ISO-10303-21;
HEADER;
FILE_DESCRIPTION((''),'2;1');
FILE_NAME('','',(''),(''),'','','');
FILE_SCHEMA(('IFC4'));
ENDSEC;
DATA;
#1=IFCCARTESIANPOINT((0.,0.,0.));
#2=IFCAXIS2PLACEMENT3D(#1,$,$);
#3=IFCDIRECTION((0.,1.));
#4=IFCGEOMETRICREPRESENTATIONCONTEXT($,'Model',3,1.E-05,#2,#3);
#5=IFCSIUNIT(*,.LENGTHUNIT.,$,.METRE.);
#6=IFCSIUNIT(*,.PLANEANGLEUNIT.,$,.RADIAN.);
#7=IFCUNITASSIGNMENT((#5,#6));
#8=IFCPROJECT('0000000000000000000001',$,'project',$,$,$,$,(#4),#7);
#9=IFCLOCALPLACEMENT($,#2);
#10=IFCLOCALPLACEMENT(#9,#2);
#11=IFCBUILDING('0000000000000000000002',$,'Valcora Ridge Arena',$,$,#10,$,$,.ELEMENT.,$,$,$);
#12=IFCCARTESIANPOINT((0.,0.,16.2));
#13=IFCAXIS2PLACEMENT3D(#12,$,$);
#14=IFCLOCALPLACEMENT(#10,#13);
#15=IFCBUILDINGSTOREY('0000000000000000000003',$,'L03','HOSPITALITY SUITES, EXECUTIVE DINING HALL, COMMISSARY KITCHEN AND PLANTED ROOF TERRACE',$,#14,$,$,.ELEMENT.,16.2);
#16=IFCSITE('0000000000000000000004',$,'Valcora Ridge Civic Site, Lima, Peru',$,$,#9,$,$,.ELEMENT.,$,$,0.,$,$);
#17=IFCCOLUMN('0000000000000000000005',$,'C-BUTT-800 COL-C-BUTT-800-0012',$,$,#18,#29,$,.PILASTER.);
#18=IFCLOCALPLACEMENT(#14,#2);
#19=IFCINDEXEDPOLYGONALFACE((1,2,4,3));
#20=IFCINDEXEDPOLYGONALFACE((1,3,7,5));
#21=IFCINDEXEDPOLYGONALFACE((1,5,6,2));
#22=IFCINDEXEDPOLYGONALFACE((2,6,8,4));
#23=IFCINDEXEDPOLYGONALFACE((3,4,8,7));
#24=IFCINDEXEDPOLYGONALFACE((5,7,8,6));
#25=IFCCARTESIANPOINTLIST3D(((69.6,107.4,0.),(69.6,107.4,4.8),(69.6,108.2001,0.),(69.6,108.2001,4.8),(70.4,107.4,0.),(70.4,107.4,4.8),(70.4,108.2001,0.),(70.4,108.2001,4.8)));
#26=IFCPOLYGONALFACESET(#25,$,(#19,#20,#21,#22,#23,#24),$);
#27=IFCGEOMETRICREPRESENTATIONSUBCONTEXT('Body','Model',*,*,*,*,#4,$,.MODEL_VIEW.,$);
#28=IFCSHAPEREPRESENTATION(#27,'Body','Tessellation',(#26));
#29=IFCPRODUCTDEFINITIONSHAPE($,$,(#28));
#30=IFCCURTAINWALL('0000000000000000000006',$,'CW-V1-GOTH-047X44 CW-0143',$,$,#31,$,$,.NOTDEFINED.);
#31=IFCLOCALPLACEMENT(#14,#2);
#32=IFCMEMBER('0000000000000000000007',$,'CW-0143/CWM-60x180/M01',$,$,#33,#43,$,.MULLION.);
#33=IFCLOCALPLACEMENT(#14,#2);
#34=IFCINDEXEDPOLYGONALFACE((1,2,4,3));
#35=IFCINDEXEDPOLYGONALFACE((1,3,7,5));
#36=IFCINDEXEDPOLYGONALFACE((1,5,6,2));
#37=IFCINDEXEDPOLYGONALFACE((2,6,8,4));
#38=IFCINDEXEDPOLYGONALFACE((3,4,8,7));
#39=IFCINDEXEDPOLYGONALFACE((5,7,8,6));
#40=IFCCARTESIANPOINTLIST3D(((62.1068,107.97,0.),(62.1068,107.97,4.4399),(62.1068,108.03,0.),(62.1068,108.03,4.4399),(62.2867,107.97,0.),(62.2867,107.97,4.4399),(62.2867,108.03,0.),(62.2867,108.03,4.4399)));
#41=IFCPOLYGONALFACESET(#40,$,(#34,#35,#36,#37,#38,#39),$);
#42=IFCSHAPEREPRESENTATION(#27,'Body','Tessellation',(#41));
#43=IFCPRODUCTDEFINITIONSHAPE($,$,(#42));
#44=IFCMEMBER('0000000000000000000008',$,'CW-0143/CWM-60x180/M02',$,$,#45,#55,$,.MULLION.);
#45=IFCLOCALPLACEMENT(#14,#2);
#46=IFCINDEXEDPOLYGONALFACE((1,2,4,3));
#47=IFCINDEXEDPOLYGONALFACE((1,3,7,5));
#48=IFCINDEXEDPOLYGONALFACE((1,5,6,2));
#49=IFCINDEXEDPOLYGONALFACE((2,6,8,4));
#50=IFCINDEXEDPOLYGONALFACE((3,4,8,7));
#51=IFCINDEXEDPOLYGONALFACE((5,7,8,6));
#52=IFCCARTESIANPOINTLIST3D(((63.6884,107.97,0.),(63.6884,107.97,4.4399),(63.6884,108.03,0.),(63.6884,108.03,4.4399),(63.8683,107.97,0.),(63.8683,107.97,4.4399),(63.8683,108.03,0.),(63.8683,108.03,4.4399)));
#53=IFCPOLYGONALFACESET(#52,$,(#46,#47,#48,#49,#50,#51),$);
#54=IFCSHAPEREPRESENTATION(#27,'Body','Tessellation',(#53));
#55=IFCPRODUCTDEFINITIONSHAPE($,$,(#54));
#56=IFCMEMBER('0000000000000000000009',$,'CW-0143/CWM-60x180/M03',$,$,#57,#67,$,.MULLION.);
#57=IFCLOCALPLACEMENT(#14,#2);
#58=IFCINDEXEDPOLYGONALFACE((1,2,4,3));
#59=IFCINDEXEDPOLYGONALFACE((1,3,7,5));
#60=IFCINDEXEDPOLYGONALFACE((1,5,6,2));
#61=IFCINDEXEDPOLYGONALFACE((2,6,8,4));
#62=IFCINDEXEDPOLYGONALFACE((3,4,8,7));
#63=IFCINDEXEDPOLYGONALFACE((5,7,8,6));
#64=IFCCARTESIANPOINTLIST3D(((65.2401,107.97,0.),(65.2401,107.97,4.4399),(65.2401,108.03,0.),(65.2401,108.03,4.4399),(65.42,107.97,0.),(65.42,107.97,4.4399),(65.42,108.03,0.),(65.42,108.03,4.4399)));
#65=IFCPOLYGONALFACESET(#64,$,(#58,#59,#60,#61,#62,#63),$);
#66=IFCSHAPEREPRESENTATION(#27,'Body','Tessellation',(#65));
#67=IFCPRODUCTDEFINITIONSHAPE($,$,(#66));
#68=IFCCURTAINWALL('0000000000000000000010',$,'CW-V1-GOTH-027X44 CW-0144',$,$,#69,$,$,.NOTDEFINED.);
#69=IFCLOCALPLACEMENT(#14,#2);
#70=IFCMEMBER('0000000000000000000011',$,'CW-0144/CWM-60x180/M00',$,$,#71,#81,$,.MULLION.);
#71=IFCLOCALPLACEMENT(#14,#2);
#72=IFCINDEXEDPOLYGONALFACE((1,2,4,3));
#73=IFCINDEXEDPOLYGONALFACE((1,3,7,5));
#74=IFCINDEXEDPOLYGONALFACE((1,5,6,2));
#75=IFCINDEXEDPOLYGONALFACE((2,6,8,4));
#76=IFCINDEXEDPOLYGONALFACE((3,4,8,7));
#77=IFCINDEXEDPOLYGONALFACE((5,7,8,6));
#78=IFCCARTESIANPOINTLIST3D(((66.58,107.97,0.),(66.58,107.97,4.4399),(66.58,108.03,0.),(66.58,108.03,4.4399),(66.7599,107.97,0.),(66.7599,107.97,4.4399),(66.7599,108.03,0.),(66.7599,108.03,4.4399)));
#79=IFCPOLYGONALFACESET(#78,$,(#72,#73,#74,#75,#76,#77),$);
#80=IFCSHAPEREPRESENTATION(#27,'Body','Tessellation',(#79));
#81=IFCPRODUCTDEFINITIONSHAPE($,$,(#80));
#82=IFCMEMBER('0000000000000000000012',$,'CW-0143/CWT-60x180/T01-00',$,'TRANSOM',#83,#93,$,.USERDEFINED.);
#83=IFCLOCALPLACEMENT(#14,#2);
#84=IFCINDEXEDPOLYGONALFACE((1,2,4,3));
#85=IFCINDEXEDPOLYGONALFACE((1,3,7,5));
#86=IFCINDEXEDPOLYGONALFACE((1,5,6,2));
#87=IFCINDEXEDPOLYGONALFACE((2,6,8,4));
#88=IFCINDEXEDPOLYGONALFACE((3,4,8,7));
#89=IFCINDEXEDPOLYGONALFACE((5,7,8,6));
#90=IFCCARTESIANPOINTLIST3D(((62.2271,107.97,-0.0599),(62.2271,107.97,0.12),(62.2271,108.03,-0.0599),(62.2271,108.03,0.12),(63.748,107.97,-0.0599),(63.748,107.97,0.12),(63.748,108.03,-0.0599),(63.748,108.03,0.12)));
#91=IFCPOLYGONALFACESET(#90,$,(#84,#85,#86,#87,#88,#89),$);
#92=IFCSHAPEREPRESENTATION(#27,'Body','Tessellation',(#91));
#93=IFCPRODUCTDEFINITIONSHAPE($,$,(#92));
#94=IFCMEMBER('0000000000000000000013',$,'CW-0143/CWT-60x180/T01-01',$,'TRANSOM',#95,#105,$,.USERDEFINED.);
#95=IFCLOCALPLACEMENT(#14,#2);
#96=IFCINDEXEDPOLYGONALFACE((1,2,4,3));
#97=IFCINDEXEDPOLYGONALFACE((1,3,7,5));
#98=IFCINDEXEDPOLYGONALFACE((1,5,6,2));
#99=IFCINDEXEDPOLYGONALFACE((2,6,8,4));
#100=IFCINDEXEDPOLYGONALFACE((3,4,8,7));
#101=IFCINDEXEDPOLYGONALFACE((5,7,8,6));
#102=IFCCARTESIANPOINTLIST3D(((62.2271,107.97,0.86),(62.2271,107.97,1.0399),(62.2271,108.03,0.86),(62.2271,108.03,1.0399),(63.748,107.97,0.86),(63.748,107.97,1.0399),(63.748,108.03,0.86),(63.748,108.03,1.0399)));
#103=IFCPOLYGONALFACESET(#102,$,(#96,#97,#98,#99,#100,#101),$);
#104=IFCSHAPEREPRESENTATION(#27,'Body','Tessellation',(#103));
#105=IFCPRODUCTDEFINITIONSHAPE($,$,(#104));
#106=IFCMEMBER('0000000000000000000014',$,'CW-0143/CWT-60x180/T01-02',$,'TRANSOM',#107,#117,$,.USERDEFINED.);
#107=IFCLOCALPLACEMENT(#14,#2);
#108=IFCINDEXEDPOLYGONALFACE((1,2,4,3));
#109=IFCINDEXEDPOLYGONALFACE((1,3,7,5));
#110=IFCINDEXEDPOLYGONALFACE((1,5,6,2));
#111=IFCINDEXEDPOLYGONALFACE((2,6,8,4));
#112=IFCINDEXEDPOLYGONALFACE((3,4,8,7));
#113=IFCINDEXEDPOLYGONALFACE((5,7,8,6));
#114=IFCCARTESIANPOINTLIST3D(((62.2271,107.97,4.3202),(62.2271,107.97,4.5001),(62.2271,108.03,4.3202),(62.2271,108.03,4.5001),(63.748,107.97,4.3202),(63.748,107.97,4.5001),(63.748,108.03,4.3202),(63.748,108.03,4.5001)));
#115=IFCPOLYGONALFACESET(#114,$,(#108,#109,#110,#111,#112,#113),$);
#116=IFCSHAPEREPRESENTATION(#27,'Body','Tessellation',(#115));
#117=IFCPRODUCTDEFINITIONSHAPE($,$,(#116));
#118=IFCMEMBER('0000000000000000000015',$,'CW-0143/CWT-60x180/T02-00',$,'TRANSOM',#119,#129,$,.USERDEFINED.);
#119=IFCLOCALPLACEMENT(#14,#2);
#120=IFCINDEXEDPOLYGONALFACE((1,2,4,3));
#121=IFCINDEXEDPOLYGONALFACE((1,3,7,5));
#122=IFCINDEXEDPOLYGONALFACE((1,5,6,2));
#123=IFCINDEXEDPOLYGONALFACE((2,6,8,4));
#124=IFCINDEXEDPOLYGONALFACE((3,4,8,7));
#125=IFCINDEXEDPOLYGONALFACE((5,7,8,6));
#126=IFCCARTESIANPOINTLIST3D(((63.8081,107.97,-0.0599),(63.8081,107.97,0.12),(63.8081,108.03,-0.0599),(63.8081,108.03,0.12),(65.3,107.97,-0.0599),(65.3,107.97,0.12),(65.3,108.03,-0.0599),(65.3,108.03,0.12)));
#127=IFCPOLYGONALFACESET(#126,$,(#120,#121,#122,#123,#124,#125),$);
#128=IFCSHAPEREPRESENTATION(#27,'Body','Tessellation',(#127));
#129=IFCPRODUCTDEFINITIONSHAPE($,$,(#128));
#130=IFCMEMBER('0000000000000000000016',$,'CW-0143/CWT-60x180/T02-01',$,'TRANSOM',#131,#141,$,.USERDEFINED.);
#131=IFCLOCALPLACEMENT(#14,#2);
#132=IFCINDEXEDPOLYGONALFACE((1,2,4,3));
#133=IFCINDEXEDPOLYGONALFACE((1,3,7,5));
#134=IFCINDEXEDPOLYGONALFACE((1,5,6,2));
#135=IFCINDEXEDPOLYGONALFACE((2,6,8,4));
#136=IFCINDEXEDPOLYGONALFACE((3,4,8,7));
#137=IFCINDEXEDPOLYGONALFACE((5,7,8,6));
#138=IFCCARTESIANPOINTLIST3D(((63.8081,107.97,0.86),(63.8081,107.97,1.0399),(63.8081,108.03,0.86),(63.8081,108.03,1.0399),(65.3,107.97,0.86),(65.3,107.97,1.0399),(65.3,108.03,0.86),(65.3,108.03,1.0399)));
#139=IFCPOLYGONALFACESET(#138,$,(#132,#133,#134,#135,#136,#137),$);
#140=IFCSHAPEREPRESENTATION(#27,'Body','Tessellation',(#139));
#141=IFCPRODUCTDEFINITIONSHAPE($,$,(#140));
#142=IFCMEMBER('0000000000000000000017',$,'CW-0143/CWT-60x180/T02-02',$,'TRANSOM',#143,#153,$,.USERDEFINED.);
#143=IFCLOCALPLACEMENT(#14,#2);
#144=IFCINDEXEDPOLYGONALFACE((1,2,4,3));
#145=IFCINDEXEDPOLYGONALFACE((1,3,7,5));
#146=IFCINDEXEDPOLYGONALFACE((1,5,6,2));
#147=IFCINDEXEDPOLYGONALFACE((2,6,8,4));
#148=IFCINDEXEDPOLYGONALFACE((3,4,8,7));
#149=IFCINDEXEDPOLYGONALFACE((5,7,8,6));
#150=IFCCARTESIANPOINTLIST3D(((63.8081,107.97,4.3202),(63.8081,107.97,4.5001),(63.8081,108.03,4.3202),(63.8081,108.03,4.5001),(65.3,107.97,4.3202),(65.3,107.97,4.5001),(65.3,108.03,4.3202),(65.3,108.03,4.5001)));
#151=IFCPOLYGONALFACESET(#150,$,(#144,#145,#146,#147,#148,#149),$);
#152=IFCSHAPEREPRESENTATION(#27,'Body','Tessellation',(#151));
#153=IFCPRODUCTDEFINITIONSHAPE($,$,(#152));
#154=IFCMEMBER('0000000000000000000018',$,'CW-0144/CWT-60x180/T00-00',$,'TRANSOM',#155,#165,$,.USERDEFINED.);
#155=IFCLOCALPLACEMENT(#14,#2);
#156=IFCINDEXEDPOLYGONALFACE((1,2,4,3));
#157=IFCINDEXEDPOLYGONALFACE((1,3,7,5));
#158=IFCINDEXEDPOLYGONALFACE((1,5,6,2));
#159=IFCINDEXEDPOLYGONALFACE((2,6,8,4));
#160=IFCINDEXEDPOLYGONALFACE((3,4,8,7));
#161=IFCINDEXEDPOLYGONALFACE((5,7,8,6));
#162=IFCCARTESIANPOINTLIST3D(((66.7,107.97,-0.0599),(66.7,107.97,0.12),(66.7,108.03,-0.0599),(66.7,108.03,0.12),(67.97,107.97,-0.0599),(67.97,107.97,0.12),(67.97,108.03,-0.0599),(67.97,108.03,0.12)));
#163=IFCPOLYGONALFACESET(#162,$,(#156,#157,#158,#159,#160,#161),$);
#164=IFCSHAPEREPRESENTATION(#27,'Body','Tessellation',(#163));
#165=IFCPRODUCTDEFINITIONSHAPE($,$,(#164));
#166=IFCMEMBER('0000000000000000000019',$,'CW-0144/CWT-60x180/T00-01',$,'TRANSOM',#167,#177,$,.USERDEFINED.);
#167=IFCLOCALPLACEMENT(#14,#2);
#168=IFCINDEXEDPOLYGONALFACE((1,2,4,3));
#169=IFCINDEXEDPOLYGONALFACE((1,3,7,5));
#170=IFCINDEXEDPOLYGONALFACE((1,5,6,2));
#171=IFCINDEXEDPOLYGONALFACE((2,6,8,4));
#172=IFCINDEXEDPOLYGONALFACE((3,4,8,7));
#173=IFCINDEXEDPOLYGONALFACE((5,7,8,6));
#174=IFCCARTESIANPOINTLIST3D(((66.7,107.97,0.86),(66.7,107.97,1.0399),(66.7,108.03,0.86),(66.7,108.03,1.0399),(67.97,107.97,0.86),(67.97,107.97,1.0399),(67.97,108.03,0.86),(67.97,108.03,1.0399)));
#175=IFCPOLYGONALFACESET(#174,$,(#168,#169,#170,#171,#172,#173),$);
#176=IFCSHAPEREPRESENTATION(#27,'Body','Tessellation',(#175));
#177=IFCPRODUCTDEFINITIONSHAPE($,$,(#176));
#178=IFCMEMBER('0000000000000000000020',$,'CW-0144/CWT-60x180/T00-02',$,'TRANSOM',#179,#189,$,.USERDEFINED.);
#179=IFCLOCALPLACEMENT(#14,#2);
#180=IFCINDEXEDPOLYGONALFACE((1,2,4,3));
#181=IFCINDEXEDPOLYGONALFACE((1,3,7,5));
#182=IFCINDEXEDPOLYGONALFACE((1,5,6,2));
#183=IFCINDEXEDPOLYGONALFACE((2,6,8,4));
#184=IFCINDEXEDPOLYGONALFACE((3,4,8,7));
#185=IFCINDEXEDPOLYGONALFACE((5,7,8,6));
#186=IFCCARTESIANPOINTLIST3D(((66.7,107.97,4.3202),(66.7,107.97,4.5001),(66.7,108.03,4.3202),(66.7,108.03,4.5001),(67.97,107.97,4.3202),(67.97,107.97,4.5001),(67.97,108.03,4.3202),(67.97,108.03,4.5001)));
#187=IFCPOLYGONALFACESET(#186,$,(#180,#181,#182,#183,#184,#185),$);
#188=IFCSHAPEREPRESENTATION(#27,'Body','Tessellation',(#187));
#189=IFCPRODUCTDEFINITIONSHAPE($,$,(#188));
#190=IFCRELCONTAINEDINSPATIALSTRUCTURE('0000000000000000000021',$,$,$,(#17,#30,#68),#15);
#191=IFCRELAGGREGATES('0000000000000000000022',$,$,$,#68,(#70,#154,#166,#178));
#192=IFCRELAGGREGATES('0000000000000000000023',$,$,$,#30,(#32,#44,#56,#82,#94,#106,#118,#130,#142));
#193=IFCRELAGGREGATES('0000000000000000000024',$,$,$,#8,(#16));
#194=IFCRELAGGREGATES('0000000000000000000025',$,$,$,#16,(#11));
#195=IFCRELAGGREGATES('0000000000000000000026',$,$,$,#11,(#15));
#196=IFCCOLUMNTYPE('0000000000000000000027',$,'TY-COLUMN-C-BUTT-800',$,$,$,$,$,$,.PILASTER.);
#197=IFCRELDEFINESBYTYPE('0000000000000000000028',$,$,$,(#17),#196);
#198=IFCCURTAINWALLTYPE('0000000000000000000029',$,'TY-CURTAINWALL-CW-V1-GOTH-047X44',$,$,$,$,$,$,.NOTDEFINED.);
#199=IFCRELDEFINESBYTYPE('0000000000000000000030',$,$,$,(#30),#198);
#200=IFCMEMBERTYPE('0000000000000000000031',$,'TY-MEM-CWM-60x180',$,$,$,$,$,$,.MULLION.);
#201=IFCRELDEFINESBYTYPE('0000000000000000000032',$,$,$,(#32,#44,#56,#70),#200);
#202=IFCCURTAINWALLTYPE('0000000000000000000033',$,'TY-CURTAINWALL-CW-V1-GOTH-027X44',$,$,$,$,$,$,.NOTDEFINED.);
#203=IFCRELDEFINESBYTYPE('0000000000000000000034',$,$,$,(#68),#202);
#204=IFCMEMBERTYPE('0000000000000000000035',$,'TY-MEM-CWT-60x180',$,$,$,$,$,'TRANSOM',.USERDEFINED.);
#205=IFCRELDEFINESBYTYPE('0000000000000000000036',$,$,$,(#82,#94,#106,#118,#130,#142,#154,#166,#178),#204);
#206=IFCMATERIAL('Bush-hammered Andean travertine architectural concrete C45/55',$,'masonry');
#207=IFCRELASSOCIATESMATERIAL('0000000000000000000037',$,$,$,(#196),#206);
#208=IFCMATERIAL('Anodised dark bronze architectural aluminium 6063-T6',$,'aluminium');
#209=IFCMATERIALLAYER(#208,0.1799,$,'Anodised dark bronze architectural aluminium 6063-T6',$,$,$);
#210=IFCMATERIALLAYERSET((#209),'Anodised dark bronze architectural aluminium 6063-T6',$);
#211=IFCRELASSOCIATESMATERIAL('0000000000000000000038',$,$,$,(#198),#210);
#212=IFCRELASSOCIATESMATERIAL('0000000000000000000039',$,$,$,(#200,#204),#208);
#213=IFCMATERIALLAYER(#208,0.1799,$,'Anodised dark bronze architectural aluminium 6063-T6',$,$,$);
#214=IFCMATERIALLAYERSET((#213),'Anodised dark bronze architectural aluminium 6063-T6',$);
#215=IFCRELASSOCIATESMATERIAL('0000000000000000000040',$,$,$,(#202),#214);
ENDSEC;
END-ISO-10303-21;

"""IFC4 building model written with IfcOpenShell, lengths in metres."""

from ifc_helpers import new_model, si_unit, direction, frame, origin, origin_2d, place, context, subcontext, project, spatial, rectangle, extrude, material, layer, layer_set, material_profile, profile_set, type_object, element, aggregate, save


model = new_model("IFC4")

# Units and contexts
model_context = context("Model", 3, precision=1e-05, world=origin(), true_north=direction((0.0, 1.0)))
body_context = subcontext(model_context, "Body", "Model", "MODEL_VIEW")
ifc_project = project(units=[si_unit("LENGTHUNIT", "METRE"), si_unit("PLANEANGLEUNIT", "RADIAN")], contexts=[model_context])

# Site, building, storey
site_placement = place(None, origin())
site = spatial("IfcSite", under=ifc_project, at=site_placement, Name="Valcora Ridge Civic Site, Lima, Peru", CompositionType="ELEMENT", RefElevation=0.0)
building_placement = place(site_placement, origin())
building = spatial("IfcBuilding", under=site, at=building_placement, Name="Valcora Ridge Arena", CompositionType="ELEMENT")
storey_placement = place(building_placement, frame((0.0, 0.0, 16.2)))
storey = spatial("IfcBuildingStorey", under=building, at=storey_placement, Name="L03", Description="HOSPITALITY SUITES, EXECUTIVE DINING HALL, COMMISSARY KITCHEN AND PLANTED ROOF TERRACE", CompositionType="ELEMENT", Elevation=16.2)

# Column
ifc_material_1 = material(Name="Bush-hammered Andean travertine architectural concrete C45/55", Category="masonry")
ifc_material_profile_1 = material_profile(ifc_material_1, rectangle(XDim=0.8, YDim=0.8, at=origin_2d()), Name="RC 800x800")
ifc_profile_set_1 = profile_set([ifc_material_profile_1], Name="Bush-hammered Andean travertine architectural concrete C45/55")
column_type = type_object("IfcColumnType", Name="TY-COLUMN-C-BUTT-800", PredefinedType="PILASTER", material=ifc_profile_set_1)
column_placement = place(storey_placement, frame((70.0, 107.8, 0.0), z_axis=(0.0, 0.0, 1.0), x_axis=(1.0, 0.0, 0.0)))
element("IfcColumn", 1, at=column_placement, inside=storey, type_object=column_type, Name="C-BUTT-800 COL-C-BUTT-800-0012", PredefinedType="PILASTER", context=body_context, shape_type="SweptSolid", body=[
    extrude(rectangle(XDim=0.8, YDim=0.8, at=origin_2d()), origin(), (0.0, 0.0, 1.0), 4.8),
])

# Curtain wall, members
ifc_material_2 = material(Name="Anodised dark bronze architectural aluminium 6063-T6", Category="aluminium")
ifc_layer_1 = layer(ifc_material_2, 0.1799, Name="Anodised dark bronze architectural aluminium 6063-T6")
ifc_layer_set_1 = layer_set([ifc_layer_1], Name="Anodised dark bronze architectural aluminium 6063-T6")
curtain_wall_type_1 = type_object("IfcCurtainWallType", Name="TY-CURTAINWALL-CW-V1-GOTH-047X44", PredefinedType="NOTDEFINED", material=ifc_layer_set_1)
curtain_wall_1_placement = place(storey_placement, origin())
curtain_wall_1 = element("IfcCurtainWall", 2, at=curtain_wall_1_placement, inside=storey, type_object=curtain_wall_type_1, Name="CW-V1-GOTH-047X44 CW-0143", PredefinedType="NOTDEFINED")
ifc_material_profile_2 = material_profile(ifc_material_2, rectangle(XDim=0.0601, YDim=0.1799, at=origin_2d()), Name="ALU MULLION 60x180")
ifc_profile_set_2 = profile_set([ifc_material_profile_2], Name="Anodised dark bronze architectural aluminium 6063-T6")
member_type_1 = type_object("IfcMemberType", Name="TY-MEM-CWM-60x180", PredefinedType="MULLION", material=ifc_profile_set_2)
member_1_placement = place(storey_placement, frame((62.1968, 108.0, 0.0), z_axis=(0.0, 0.0, 1.0), x_axis=(0.0, 1.0, 0.0)))
member_1 = element("IfcMember", 3, at=member_1_placement, type_object=member_type_1, Name="CW-0143/CWM-60x180/M01", PredefinedType="MULLION", context=body_context, shape_type="SweptSolid", body=[
    extrude(rectangle(XDim=0.0601, YDim=0.1799, at=origin_2d()), origin(), (0.0, 0.0, 1.0), 4.4399),
])
member_2_placement = place(storey_placement, frame((63.7783, 108.0, 0.0), z_axis=(0.0, 0.0, 1.0), x_axis=(0.0, 1.0, 0.0)))
member_2 = element("IfcMember", 4, at=member_2_placement, type_object=member_type_1, Name="CW-0143/CWM-60x180/M02", PredefinedType="MULLION", context=body_context, shape_type="SweptSolid", body=[
    extrude(rectangle(XDim=0.0601, YDim=0.1799, at=origin_2d()), origin(), (0.0, 0.0, 1.0), 4.4399),
])
member_3_placement = place(storey_placement, frame((65.3301, 108.0, 0.0), z_axis=(0.0, 0.0, 1.0), x_axis=(0.0, 1.0, 0.0)))
member_3 = element("IfcMember", 5, at=member_3_placement, type_object=member_type_1, Name="CW-0143/CWM-60x180/M03", PredefinedType="MULLION", context=body_context, shape_type="SweptSolid", body=[
    extrude(rectangle(XDim=0.0601, YDim=0.1799, at=origin_2d()), origin(), (0.0, 0.0, 1.0), 4.4399),
])

# Curtain wall, member
ifc_layer_2 = layer(ifc_material_2, 0.1799, Name="Anodised dark bronze architectural aluminium 6063-T6")
ifc_layer_set_2 = layer_set([ifc_layer_2], Name="Anodised dark bronze architectural aluminium 6063-T6")
curtain_wall_type_2 = type_object("IfcCurtainWallType", Name="TY-CURTAINWALL-CW-V1-GOTH-027X44", PredefinedType="NOTDEFINED", material=ifc_layer_set_2)
curtain_wall_2_placement = place(storey_placement, origin())
curtain_wall_2 = element("IfcCurtainWall", 6, at=curtain_wall_2_placement, inside=storey, type_object=curtain_wall_type_2, Name="CW-V1-GOTH-027X44 CW-0144", PredefinedType="NOTDEFINED")
member_4_placement = place(storey_placement, frame((66.6699, 108.0, 0.0), z_axis=(0.0, 0.0, 1.0), x_axis=(0.0, 1.0, 0.0)))
member_4 = element("IfcMember", 7, at=member_4_placement, type_object=member_type_1, Name="CW-0144/CWM-60x180/M00", PredefinedType="MULLION", context=body_context, shape_type="SweptSolid", body=[
    extrude(rectangle(XDim=0.0601, YDim=0.1799, at=origin_2d()), origin(), (0.0, 0.0, 1.0), 4.4399),
])

# Members
ifc_material_profile_3 = material_profile(ifc_material_2, rectangle(XDim=0.0601, YDim=0.1799, at=origin_2d()), Name="ALU TRANSOM 60x180")
ifc_profile_set_3 = profile_set([ifc_material_profile_3], Name="Anodised dark bronze architectural aluminium 6063-T6")
member_type_2 = type_object("IfcMemberType", Name="TY-MEM-CWT-60x180", ElementType="TRANSOM", PredefinedType="USERDEFINED", material=ifc_profile_set_3)
member_5_placement = place(storey_placement, frame((62.2271, 108.0, 0.03), z_axis=(1.0, 0.0, 0.0), x_axis=(0.0, 1.0, 0.0)))
member_5 = element("IfcMember", 8, at=member_5_placement, type_object=member_type_2, Name="CW-0143/CWT-60x180/T01-00", ObjectType="TRANSOM", PredefinedType="USERDEFINED", context=body_context, shape_type="SweptSolid", body=[
    extrude(rectangle(XDim=0.0601, YDim=0.1799, at=origin_2d()), origin(), (0.0, 0.0, 1.0), 1.521),
])
member_6_placement = place(storey_placement, frame((62.2271, 108.0, 0.95), z_axis=(1.0, 0.0, 0.0), x_axis=(0.0, 1.0, 0.0)))
member_6 = element("IfcMember", 9, at=member_6_placement, type_object=member_type_2, Name="CW-0143/CWT-60x180/T01-01", ObjectType="TRANSOM", PredefinedType="USERDEFINED", context=body_context, shape_type="SweptSolid", body=[
    extrude(rectangle(XDim=0.0601, YDim=0.1799, at=origin_2d()), origin(), (0.0, 0.0, 1.0), 1.521),
])
member_7_placement = place(storey_placement, frame((62.2271, 108.0, 4.4102), z_axis=(1.0, 0.0, 0.0), x_axis=(0.0, 1.0, 0.0)))
member_7 = element("IfcMember", 10, at=member_7_placement, type_object=member_type_2, Name="CW-0143/CWT-60x180/T01-02", ObjectType="TRANSOM", PredefinedType="USERDEFINED", context=body_context, shape_type="SweptSolid", body=[
    extrude(rectangle(XDim=0.0601, YDim=0.1799, at=origin_2d()), origin(), (0.0, 0.0, 1.0), 1.521),
])
member_8_placement = place(storey_placement, frame((63.8081, 108.0, 0.03), z_axis=(1.0, 0.0, 0.0), x_axis=(0.0, 1.0, 0.0)))
member_8 = element("IfcMember", 11, at=member_8_placement, type_object=member_type_2, Name="CW-0143/CWT-60x180/T02-00", ObjectType="TRANSOM", PredefinedType="USERDEFINED", context=body_context, shape_type="SweptSolid", body=[
    extrude(rectangle(XDim=0.0601, YDim=0.1799, at=origin_2d()), origin(), (0.0, 0.0, 1.0), 1.4919),
])
member_9_placement = place(storey_placement, frame((63.8081, 108.0, 0.95), z_axis=(1.0, 0.0, 0.0), x_axis=(0.0, 1.0, 0.0)))
member_9 = element("IfcMember", 12, at=member_9_placement, type_object=member_type_2, Name="CW-0143/CWT-60x180/T02-01", ObjectType="TRANSOM", PredefinedType="USERDEFINED", context=body_context, shape_type="SweptSolid", body=[
    extrude(rectangle(XDim=0.0601, YDim=0.1799, at=origin_2d()), origin(), (0.0, 0.0, 1.0), 1.4919),
])
member_10_placement = place(storey_placement, frame((63.8081, 108.0, 4.4102), z_axis=(1.0, 0.0, 0.0), x_axis=(0.0, 1.0, 0.0)))
member_10 = element("IfcMember", 13, at=member_10_placement, type_object=member_type_2, Name="CW-0143/CWT-60x180/T02-02", ObjectType="TRANSOM", PredefinedType="USERDEFINED", context=body_context, shape_type="SweptSolid", body=[
    extrude(rectangle(XDim=0.0601, YDim=0.1799, at=origin_2d()), origin(), (0.0, 0.0, 1.0), 1.4919),
])
member_11_placement = place(storey_placement, frame((66.7, 108.0, 0.03), z_axis=(1.0, 0.0, 0.0), x_axis=(0.0, 1.0, 0.0)))
member_11 = element("IfcMember", 14, at=member_11_placement, type_object=member_type_2, Name="CW-0144/CWT-60x180/T00-00", ObjectType="TRANSOM", PredefinedType="USERDEFINED", context=body_context, shape_type="SweptSolid", body=[
    extrude(rectangle(XDim=0.0601, YDim=0.1799, at=origin_2d()), origin(), (0.0, 0.0, 1.0), 1.27),
])
member_12_placement = place(storey_placement, frame((66.7, 108.0, 0.95), z_axis=(1.0, 0.0, 0.0), x_axis=(0.0, 1.0, 0.0)))
member_12 = element("IfcMember", 15, at=member_12_placement, type_object=member_type_2, Name="CW-0144/CWT-60x180/T00-01", ObjectType="TRANSOM", PredefinedType="USERDEFINED", context=body_context, shape_type="SweptSolid", body=[
    extrude(rectangle(XDim=0.0601, YDim=0.1799, at=origin_2d()), origin(), (0.0, 0.0, 1.0), 1.27),
])
member_13_placement = place(storey_placement, frame((66.7, 108.0, 4.4102), z_axis=(1.0, 0.0, 0.0), x_axis=(0.0, 1.0, 0.0)))
member_13 = element("IfcMember", 16, at=member_13_placement, type_object=member_type_2, Name="CW-0144/CWT-60x180/T00-02", ObjectType="TRANSOM", PredefinedType="USERDEFINED", context=body_context, shape_type="SweptSolid", body=[
    extrude(rectangle(XDim=0.0601, YDim=0.1799, at=origin_2d()), origin(), (0.0, 0.0, 1.0), 1.27),
])

aggregate(curtain_wall_2, [member_4, member_11, member_12, member_13])
aggregate(curtain_wall_1, [member_1, member_2, member_3, member_5, member_6, member_7, member_8, member_9, member_10])

save(model, "model.ifc")
